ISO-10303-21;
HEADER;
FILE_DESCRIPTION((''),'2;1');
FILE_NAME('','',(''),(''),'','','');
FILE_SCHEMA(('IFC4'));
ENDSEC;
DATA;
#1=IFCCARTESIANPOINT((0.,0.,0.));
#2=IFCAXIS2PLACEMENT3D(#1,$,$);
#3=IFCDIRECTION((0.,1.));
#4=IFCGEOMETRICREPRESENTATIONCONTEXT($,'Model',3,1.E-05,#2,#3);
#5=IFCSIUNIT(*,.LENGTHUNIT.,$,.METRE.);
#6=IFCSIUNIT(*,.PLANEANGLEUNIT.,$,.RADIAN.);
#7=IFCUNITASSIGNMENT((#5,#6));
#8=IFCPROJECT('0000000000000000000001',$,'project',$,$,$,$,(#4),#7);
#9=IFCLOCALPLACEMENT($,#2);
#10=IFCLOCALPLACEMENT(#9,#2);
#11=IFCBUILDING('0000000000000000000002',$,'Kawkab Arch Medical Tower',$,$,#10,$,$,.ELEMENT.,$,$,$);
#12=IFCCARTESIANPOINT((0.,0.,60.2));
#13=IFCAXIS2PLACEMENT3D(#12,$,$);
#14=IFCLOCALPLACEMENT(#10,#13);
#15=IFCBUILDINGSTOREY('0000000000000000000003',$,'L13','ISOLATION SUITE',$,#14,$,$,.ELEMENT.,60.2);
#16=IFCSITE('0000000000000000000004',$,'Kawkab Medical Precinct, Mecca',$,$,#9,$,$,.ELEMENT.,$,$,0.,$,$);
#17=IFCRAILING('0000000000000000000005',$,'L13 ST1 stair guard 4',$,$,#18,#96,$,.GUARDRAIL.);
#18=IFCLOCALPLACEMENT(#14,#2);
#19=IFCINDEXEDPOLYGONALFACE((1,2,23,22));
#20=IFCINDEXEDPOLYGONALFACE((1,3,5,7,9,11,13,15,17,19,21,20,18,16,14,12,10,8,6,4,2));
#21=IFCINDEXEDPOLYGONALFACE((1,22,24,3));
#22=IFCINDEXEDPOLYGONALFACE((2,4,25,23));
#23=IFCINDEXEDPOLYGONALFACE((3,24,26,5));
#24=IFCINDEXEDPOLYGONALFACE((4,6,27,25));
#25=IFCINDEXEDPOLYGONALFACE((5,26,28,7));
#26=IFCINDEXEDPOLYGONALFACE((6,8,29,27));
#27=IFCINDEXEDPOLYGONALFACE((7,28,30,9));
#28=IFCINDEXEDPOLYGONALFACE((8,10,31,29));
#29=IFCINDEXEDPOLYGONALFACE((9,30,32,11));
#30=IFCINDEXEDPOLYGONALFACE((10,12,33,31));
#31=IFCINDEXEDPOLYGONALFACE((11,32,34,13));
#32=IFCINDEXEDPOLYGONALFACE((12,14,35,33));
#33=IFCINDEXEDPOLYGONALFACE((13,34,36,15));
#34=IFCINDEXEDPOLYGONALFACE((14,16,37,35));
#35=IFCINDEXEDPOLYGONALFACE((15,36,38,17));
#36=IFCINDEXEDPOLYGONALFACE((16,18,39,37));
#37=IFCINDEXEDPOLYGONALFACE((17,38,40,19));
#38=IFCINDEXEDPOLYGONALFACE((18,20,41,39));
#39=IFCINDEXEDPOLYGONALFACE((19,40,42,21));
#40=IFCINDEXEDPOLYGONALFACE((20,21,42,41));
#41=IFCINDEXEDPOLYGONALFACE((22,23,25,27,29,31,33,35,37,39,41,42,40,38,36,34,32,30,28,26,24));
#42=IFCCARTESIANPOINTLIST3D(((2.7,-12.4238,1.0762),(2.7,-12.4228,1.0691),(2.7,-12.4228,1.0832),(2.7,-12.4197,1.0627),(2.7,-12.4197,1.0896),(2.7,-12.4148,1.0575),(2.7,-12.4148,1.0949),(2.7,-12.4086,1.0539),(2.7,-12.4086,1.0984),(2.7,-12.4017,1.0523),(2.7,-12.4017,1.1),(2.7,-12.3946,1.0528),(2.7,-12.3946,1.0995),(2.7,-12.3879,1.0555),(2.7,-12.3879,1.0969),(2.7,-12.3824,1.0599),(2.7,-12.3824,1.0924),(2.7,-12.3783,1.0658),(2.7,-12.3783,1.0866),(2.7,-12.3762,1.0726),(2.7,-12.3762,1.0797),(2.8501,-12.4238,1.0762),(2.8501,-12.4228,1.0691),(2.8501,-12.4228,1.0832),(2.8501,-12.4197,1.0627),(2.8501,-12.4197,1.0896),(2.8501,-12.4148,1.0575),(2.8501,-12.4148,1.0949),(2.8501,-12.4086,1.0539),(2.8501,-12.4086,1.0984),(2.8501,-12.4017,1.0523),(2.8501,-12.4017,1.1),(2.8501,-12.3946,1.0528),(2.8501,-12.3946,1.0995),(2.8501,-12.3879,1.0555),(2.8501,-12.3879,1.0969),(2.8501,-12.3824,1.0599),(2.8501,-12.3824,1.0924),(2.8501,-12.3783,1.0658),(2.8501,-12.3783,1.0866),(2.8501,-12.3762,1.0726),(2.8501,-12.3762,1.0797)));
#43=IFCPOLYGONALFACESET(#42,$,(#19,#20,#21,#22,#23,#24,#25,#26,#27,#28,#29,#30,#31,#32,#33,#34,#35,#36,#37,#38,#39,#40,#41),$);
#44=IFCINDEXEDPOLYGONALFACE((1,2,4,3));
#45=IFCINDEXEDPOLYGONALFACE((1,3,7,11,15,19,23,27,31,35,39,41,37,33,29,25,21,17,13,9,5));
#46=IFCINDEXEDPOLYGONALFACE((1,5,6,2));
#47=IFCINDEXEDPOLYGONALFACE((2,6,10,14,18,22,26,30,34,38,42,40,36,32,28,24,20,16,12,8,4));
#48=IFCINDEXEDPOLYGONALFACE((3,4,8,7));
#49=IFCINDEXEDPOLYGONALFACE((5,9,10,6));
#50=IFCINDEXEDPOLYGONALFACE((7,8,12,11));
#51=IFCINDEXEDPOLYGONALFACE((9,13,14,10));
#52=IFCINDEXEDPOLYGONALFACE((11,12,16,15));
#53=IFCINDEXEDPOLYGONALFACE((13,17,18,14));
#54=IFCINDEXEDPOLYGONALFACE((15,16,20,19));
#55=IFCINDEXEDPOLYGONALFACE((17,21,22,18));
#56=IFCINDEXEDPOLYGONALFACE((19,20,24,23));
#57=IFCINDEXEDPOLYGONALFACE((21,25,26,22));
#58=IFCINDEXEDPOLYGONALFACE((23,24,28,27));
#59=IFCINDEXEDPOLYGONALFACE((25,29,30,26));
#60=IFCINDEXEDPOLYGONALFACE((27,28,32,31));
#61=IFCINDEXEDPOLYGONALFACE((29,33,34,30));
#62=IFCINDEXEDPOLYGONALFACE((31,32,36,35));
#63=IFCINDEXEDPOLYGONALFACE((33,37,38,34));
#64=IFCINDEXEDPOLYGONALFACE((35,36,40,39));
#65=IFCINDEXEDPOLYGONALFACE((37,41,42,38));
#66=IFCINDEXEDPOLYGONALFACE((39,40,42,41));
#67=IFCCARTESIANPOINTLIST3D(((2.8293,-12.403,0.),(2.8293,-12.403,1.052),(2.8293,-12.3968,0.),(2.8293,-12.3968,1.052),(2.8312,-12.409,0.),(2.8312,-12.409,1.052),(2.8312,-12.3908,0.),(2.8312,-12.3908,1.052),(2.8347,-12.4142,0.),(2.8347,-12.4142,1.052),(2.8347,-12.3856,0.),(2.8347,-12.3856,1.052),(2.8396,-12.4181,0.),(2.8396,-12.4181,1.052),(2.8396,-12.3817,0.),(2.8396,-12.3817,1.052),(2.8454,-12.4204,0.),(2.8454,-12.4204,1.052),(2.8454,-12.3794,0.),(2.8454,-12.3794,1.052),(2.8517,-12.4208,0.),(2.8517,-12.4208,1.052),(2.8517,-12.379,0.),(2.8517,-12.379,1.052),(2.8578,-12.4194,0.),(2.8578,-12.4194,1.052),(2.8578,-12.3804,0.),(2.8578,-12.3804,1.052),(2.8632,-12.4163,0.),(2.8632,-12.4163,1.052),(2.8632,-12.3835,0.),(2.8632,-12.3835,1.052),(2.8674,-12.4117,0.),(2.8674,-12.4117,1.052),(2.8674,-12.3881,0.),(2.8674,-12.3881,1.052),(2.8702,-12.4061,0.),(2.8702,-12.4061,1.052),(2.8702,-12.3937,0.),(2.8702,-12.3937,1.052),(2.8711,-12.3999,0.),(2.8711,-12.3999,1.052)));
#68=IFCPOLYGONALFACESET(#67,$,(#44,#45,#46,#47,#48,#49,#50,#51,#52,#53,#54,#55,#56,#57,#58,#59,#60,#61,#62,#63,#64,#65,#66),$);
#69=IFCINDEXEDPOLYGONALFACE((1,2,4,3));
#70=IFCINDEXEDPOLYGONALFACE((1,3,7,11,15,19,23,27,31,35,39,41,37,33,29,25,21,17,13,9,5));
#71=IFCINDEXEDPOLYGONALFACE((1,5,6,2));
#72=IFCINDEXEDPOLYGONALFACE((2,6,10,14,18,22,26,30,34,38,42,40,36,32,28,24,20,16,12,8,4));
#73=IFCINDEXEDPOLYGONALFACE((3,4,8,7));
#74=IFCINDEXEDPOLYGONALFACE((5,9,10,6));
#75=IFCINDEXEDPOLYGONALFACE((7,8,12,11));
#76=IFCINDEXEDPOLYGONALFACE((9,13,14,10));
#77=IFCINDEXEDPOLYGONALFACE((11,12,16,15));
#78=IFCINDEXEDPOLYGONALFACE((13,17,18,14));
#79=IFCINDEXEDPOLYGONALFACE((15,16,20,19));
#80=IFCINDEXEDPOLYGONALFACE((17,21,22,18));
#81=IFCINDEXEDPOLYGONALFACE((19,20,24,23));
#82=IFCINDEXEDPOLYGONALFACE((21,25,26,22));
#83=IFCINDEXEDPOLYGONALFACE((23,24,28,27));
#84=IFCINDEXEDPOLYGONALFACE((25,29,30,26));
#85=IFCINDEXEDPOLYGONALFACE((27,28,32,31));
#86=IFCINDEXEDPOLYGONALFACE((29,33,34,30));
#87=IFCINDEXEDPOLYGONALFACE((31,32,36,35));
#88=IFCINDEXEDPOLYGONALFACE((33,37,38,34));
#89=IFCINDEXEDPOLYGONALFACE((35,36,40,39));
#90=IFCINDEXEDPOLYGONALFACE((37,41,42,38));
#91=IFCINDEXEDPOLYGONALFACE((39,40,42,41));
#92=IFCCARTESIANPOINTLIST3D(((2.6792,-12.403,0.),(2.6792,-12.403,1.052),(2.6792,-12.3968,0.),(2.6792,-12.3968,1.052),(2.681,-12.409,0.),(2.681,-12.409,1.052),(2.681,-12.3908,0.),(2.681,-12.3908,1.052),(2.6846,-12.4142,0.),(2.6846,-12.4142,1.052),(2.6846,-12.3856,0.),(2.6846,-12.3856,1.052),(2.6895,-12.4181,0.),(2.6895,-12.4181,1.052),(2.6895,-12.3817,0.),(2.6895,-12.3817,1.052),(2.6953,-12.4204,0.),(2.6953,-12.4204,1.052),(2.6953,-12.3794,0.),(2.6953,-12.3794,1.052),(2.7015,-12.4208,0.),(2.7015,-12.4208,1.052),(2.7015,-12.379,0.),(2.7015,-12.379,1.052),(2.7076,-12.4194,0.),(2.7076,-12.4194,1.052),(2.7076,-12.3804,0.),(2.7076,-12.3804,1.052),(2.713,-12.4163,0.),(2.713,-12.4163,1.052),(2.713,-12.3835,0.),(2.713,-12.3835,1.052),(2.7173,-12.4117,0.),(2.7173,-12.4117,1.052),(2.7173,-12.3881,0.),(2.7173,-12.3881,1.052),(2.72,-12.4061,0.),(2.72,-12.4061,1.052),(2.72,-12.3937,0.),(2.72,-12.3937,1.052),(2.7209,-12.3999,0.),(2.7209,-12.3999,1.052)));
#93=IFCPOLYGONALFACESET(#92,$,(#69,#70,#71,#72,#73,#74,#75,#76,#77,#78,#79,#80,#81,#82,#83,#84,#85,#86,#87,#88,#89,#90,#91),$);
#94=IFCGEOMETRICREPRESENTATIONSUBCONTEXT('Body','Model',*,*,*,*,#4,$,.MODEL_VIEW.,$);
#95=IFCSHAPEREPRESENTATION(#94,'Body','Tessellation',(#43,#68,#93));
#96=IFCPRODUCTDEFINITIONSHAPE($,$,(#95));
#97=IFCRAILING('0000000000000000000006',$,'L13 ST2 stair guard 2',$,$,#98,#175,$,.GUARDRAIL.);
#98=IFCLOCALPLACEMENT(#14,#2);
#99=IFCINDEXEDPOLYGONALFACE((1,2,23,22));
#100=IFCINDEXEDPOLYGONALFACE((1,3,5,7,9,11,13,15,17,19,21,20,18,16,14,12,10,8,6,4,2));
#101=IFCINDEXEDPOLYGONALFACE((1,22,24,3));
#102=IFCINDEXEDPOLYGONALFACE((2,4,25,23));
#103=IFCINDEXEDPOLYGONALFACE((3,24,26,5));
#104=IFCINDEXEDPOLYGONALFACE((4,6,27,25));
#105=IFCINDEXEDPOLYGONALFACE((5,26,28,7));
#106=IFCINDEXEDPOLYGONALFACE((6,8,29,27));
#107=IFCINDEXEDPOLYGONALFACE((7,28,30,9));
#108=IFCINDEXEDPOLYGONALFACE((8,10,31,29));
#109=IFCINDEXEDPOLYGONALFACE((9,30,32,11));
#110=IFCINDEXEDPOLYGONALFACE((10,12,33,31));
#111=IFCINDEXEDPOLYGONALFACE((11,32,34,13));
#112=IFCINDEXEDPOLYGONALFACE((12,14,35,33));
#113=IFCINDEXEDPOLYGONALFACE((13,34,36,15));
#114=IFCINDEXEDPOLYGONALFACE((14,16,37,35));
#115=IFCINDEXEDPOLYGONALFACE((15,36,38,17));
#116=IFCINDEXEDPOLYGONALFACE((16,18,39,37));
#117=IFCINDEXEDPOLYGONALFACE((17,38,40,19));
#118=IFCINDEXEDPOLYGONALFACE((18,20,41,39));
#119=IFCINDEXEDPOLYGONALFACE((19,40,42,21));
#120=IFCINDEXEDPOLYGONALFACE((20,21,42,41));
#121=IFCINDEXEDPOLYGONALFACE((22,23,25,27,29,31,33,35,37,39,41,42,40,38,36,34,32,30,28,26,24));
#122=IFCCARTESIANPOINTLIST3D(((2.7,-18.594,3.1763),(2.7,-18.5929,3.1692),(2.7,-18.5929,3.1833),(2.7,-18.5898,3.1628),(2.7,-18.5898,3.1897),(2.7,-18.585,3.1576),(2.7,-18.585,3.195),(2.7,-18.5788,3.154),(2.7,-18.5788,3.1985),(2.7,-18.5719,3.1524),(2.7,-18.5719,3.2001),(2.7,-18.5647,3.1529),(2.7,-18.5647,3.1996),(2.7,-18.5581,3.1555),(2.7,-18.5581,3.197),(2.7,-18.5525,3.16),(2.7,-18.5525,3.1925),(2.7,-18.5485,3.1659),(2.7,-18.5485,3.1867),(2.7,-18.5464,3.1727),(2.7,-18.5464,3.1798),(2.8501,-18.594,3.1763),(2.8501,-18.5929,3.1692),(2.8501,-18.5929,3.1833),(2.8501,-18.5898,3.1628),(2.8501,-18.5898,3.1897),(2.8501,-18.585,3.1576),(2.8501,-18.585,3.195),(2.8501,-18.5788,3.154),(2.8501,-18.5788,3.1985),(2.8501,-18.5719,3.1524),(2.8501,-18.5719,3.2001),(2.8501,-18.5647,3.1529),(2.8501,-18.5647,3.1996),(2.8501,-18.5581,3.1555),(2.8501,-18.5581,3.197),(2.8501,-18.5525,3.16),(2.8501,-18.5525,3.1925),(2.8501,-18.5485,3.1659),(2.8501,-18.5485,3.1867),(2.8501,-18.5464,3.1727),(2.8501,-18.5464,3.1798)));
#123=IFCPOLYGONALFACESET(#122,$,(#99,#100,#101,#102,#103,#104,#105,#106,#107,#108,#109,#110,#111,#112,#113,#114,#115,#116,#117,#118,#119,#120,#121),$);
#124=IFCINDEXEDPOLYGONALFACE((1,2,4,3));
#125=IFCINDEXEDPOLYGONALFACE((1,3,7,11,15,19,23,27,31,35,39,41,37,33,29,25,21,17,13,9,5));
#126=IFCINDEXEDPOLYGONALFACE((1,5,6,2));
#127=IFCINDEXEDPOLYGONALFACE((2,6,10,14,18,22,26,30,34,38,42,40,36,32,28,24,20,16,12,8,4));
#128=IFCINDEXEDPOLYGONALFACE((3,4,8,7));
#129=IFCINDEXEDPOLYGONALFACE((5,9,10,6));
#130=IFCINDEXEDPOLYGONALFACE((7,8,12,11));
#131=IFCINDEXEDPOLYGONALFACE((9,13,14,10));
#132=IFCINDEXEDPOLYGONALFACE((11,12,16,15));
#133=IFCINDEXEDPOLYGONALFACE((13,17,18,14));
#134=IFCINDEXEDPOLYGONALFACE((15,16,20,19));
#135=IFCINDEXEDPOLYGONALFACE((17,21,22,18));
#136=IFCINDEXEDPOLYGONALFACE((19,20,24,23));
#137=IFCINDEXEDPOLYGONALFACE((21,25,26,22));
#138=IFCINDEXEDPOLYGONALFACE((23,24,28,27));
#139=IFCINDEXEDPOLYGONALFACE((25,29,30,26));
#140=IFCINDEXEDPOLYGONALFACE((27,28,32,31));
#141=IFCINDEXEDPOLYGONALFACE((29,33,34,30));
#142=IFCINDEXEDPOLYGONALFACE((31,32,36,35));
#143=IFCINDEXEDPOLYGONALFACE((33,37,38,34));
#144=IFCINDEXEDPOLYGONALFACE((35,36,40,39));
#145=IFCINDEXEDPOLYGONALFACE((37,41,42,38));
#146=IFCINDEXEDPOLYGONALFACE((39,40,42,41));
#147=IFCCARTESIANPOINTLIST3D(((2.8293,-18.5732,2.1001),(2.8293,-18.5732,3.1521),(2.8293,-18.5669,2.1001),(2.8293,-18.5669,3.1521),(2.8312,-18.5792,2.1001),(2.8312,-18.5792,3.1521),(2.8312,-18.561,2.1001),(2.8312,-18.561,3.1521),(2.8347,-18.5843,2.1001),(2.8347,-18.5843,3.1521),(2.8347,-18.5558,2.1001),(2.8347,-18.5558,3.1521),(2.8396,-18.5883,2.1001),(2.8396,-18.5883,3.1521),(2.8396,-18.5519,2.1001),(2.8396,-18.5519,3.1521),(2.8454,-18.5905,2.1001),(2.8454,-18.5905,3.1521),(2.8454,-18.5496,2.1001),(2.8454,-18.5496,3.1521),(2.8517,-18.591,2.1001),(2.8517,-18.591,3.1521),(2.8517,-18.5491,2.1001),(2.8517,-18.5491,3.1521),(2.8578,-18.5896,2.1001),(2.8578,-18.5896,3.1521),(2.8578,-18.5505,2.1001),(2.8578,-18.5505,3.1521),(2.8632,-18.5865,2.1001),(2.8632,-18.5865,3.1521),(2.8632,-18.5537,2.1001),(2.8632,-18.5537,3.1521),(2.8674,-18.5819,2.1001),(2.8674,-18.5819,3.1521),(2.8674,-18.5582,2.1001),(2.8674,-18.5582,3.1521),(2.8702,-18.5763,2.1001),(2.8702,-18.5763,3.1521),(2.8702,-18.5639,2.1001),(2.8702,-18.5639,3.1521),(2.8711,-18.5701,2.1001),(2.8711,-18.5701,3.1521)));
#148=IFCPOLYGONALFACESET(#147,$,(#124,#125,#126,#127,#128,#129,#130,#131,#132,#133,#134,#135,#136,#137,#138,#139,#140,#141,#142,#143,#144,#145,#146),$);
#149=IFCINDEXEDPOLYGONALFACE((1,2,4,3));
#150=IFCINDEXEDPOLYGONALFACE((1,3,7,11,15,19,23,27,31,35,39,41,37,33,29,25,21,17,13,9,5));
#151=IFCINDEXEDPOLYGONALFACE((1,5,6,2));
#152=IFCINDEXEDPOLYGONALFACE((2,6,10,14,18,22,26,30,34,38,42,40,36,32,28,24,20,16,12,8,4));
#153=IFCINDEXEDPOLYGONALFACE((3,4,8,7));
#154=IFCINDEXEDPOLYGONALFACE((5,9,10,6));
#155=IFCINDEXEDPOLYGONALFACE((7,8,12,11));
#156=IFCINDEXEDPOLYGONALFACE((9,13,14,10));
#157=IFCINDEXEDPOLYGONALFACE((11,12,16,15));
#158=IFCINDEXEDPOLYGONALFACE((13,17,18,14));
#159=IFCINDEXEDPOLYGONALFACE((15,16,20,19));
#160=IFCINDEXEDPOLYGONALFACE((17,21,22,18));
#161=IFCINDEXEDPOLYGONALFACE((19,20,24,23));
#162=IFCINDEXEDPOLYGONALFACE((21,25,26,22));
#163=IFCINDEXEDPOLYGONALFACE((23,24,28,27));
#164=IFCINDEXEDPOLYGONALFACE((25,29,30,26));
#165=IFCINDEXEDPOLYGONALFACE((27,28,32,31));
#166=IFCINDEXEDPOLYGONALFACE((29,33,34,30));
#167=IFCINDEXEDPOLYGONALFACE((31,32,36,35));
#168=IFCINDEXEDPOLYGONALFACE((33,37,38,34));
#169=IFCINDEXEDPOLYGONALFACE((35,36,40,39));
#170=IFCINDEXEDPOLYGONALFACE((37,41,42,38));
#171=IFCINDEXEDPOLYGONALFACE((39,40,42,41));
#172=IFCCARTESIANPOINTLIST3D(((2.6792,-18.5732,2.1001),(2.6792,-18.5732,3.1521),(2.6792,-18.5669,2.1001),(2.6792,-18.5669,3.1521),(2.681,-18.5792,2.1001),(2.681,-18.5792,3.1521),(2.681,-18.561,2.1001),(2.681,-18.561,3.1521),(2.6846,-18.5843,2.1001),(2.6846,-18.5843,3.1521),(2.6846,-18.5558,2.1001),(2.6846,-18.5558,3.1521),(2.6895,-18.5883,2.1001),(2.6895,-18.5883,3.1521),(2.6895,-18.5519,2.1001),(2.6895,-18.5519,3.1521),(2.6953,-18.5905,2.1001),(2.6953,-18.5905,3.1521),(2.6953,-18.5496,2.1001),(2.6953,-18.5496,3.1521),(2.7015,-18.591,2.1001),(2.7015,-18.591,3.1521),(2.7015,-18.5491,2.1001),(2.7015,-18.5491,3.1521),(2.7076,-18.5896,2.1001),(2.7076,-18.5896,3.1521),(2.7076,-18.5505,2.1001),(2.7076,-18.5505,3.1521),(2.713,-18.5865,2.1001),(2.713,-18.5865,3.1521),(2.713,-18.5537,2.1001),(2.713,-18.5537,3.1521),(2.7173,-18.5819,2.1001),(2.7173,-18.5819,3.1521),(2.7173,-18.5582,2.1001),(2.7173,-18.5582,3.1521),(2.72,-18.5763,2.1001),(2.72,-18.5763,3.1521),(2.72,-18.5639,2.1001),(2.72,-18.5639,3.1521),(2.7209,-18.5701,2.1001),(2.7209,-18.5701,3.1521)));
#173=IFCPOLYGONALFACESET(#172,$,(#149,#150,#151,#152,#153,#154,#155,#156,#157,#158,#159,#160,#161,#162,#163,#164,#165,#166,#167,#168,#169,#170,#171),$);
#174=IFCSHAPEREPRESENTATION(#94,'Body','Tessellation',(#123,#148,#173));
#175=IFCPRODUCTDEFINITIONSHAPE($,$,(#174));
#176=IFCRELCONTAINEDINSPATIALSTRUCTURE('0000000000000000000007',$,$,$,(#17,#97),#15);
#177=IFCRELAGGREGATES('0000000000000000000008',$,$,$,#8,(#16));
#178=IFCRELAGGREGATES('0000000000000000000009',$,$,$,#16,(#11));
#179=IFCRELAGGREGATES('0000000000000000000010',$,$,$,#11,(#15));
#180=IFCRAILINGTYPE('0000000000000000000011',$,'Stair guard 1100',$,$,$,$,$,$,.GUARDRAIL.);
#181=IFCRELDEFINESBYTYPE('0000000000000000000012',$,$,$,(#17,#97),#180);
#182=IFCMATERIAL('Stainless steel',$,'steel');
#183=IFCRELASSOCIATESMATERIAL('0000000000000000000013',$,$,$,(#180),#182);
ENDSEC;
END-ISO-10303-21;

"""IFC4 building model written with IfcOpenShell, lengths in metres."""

from ifc_helpers import new_model, si_unit, direction, frame, origin, origin_2d, place, context, subcontext, project, spatial, circle, extrude, material, type_object, element, save


model = new_model("IFC4")

# Units and contexts
model_context = context("Model", 3, precision=1e-05, world=origin(), true_north=direction((0.0, 1.0)))
body_context = subcontext(model_context, "Body", "Model", "MODEL_VIEW")
ifc_project = project(units=[si_unit("LENGTHUNIT", "METRE"), si_unit("PLANEANGLEUNIT", "RADIAN")], contexts=[model_context])

# Site, building, storey
site_placement = place(None, origin())
site = spatial("IfcSite", under=ifc_project, at=site_placement, Name="Kawkab Medical Precinct, Mecca", CompositionType="ELEMENT", RefElevation=0.0)
building_placement = place(site_placement, origin())
building = spatial("IfcBuilding", under=site, at=building_placement, Name="Kawkab Arch Medical Tower", CompositionType="ELEMENT")
storey_placement = place(building_placement, frame((0.0, 0.0, 60.2)))
storey = spatial("IfcBuildingStorey", under=building, at=storey_placement, Name="L13", Description="ISOLATION SUITE", CompositionType="ELEMENT", Elevation=60.2)

# Railings
ifc_material_1 = material(Name="Stainless steel", Category="steel")
railing_type = type_object("IfcRailingType", Name="Stair guard 1100", PredefinedType="GUARDRAIL", material=ifc_material_1)
for number, where, name in (
    (1, (2.8501, -12.3999, 0.0), "L13 ST1 stair guard 4"),
    (2, (2.8501, -18.5701, 2.1001), "L13 ST2 stair guard 2"),
):
    element("IfcRailing", number, at=place(storey_placement, frame(where)), inside=storey, type_object=railing_type, Name=name, PredefinedType="GUARDRAIL", context=body_context, shape_type="SweptSolid", body=[
        extrude(circle(Radius=0.0239, at=origin_2d()), frame((0.0, 0.0, 1.0762), z_axis=(-1.0, 0.0, 0.0), x_axis=(0.0, -1.0, 0.0)), (0.0, 0.0, 1.0), 0.1501),
        extrude(circle(Radius=0.021, at=origin_2d()), origin(), (0.0, 0.0, 1.0), 1.052),
        extrude(circle(Radius=0.021, at=origin_2d()), frame((-0.1501, 0.0, 0.0)), (0.0, 0.0, 1.0), 1.052),
    ])

save(model, "model.ifc")
